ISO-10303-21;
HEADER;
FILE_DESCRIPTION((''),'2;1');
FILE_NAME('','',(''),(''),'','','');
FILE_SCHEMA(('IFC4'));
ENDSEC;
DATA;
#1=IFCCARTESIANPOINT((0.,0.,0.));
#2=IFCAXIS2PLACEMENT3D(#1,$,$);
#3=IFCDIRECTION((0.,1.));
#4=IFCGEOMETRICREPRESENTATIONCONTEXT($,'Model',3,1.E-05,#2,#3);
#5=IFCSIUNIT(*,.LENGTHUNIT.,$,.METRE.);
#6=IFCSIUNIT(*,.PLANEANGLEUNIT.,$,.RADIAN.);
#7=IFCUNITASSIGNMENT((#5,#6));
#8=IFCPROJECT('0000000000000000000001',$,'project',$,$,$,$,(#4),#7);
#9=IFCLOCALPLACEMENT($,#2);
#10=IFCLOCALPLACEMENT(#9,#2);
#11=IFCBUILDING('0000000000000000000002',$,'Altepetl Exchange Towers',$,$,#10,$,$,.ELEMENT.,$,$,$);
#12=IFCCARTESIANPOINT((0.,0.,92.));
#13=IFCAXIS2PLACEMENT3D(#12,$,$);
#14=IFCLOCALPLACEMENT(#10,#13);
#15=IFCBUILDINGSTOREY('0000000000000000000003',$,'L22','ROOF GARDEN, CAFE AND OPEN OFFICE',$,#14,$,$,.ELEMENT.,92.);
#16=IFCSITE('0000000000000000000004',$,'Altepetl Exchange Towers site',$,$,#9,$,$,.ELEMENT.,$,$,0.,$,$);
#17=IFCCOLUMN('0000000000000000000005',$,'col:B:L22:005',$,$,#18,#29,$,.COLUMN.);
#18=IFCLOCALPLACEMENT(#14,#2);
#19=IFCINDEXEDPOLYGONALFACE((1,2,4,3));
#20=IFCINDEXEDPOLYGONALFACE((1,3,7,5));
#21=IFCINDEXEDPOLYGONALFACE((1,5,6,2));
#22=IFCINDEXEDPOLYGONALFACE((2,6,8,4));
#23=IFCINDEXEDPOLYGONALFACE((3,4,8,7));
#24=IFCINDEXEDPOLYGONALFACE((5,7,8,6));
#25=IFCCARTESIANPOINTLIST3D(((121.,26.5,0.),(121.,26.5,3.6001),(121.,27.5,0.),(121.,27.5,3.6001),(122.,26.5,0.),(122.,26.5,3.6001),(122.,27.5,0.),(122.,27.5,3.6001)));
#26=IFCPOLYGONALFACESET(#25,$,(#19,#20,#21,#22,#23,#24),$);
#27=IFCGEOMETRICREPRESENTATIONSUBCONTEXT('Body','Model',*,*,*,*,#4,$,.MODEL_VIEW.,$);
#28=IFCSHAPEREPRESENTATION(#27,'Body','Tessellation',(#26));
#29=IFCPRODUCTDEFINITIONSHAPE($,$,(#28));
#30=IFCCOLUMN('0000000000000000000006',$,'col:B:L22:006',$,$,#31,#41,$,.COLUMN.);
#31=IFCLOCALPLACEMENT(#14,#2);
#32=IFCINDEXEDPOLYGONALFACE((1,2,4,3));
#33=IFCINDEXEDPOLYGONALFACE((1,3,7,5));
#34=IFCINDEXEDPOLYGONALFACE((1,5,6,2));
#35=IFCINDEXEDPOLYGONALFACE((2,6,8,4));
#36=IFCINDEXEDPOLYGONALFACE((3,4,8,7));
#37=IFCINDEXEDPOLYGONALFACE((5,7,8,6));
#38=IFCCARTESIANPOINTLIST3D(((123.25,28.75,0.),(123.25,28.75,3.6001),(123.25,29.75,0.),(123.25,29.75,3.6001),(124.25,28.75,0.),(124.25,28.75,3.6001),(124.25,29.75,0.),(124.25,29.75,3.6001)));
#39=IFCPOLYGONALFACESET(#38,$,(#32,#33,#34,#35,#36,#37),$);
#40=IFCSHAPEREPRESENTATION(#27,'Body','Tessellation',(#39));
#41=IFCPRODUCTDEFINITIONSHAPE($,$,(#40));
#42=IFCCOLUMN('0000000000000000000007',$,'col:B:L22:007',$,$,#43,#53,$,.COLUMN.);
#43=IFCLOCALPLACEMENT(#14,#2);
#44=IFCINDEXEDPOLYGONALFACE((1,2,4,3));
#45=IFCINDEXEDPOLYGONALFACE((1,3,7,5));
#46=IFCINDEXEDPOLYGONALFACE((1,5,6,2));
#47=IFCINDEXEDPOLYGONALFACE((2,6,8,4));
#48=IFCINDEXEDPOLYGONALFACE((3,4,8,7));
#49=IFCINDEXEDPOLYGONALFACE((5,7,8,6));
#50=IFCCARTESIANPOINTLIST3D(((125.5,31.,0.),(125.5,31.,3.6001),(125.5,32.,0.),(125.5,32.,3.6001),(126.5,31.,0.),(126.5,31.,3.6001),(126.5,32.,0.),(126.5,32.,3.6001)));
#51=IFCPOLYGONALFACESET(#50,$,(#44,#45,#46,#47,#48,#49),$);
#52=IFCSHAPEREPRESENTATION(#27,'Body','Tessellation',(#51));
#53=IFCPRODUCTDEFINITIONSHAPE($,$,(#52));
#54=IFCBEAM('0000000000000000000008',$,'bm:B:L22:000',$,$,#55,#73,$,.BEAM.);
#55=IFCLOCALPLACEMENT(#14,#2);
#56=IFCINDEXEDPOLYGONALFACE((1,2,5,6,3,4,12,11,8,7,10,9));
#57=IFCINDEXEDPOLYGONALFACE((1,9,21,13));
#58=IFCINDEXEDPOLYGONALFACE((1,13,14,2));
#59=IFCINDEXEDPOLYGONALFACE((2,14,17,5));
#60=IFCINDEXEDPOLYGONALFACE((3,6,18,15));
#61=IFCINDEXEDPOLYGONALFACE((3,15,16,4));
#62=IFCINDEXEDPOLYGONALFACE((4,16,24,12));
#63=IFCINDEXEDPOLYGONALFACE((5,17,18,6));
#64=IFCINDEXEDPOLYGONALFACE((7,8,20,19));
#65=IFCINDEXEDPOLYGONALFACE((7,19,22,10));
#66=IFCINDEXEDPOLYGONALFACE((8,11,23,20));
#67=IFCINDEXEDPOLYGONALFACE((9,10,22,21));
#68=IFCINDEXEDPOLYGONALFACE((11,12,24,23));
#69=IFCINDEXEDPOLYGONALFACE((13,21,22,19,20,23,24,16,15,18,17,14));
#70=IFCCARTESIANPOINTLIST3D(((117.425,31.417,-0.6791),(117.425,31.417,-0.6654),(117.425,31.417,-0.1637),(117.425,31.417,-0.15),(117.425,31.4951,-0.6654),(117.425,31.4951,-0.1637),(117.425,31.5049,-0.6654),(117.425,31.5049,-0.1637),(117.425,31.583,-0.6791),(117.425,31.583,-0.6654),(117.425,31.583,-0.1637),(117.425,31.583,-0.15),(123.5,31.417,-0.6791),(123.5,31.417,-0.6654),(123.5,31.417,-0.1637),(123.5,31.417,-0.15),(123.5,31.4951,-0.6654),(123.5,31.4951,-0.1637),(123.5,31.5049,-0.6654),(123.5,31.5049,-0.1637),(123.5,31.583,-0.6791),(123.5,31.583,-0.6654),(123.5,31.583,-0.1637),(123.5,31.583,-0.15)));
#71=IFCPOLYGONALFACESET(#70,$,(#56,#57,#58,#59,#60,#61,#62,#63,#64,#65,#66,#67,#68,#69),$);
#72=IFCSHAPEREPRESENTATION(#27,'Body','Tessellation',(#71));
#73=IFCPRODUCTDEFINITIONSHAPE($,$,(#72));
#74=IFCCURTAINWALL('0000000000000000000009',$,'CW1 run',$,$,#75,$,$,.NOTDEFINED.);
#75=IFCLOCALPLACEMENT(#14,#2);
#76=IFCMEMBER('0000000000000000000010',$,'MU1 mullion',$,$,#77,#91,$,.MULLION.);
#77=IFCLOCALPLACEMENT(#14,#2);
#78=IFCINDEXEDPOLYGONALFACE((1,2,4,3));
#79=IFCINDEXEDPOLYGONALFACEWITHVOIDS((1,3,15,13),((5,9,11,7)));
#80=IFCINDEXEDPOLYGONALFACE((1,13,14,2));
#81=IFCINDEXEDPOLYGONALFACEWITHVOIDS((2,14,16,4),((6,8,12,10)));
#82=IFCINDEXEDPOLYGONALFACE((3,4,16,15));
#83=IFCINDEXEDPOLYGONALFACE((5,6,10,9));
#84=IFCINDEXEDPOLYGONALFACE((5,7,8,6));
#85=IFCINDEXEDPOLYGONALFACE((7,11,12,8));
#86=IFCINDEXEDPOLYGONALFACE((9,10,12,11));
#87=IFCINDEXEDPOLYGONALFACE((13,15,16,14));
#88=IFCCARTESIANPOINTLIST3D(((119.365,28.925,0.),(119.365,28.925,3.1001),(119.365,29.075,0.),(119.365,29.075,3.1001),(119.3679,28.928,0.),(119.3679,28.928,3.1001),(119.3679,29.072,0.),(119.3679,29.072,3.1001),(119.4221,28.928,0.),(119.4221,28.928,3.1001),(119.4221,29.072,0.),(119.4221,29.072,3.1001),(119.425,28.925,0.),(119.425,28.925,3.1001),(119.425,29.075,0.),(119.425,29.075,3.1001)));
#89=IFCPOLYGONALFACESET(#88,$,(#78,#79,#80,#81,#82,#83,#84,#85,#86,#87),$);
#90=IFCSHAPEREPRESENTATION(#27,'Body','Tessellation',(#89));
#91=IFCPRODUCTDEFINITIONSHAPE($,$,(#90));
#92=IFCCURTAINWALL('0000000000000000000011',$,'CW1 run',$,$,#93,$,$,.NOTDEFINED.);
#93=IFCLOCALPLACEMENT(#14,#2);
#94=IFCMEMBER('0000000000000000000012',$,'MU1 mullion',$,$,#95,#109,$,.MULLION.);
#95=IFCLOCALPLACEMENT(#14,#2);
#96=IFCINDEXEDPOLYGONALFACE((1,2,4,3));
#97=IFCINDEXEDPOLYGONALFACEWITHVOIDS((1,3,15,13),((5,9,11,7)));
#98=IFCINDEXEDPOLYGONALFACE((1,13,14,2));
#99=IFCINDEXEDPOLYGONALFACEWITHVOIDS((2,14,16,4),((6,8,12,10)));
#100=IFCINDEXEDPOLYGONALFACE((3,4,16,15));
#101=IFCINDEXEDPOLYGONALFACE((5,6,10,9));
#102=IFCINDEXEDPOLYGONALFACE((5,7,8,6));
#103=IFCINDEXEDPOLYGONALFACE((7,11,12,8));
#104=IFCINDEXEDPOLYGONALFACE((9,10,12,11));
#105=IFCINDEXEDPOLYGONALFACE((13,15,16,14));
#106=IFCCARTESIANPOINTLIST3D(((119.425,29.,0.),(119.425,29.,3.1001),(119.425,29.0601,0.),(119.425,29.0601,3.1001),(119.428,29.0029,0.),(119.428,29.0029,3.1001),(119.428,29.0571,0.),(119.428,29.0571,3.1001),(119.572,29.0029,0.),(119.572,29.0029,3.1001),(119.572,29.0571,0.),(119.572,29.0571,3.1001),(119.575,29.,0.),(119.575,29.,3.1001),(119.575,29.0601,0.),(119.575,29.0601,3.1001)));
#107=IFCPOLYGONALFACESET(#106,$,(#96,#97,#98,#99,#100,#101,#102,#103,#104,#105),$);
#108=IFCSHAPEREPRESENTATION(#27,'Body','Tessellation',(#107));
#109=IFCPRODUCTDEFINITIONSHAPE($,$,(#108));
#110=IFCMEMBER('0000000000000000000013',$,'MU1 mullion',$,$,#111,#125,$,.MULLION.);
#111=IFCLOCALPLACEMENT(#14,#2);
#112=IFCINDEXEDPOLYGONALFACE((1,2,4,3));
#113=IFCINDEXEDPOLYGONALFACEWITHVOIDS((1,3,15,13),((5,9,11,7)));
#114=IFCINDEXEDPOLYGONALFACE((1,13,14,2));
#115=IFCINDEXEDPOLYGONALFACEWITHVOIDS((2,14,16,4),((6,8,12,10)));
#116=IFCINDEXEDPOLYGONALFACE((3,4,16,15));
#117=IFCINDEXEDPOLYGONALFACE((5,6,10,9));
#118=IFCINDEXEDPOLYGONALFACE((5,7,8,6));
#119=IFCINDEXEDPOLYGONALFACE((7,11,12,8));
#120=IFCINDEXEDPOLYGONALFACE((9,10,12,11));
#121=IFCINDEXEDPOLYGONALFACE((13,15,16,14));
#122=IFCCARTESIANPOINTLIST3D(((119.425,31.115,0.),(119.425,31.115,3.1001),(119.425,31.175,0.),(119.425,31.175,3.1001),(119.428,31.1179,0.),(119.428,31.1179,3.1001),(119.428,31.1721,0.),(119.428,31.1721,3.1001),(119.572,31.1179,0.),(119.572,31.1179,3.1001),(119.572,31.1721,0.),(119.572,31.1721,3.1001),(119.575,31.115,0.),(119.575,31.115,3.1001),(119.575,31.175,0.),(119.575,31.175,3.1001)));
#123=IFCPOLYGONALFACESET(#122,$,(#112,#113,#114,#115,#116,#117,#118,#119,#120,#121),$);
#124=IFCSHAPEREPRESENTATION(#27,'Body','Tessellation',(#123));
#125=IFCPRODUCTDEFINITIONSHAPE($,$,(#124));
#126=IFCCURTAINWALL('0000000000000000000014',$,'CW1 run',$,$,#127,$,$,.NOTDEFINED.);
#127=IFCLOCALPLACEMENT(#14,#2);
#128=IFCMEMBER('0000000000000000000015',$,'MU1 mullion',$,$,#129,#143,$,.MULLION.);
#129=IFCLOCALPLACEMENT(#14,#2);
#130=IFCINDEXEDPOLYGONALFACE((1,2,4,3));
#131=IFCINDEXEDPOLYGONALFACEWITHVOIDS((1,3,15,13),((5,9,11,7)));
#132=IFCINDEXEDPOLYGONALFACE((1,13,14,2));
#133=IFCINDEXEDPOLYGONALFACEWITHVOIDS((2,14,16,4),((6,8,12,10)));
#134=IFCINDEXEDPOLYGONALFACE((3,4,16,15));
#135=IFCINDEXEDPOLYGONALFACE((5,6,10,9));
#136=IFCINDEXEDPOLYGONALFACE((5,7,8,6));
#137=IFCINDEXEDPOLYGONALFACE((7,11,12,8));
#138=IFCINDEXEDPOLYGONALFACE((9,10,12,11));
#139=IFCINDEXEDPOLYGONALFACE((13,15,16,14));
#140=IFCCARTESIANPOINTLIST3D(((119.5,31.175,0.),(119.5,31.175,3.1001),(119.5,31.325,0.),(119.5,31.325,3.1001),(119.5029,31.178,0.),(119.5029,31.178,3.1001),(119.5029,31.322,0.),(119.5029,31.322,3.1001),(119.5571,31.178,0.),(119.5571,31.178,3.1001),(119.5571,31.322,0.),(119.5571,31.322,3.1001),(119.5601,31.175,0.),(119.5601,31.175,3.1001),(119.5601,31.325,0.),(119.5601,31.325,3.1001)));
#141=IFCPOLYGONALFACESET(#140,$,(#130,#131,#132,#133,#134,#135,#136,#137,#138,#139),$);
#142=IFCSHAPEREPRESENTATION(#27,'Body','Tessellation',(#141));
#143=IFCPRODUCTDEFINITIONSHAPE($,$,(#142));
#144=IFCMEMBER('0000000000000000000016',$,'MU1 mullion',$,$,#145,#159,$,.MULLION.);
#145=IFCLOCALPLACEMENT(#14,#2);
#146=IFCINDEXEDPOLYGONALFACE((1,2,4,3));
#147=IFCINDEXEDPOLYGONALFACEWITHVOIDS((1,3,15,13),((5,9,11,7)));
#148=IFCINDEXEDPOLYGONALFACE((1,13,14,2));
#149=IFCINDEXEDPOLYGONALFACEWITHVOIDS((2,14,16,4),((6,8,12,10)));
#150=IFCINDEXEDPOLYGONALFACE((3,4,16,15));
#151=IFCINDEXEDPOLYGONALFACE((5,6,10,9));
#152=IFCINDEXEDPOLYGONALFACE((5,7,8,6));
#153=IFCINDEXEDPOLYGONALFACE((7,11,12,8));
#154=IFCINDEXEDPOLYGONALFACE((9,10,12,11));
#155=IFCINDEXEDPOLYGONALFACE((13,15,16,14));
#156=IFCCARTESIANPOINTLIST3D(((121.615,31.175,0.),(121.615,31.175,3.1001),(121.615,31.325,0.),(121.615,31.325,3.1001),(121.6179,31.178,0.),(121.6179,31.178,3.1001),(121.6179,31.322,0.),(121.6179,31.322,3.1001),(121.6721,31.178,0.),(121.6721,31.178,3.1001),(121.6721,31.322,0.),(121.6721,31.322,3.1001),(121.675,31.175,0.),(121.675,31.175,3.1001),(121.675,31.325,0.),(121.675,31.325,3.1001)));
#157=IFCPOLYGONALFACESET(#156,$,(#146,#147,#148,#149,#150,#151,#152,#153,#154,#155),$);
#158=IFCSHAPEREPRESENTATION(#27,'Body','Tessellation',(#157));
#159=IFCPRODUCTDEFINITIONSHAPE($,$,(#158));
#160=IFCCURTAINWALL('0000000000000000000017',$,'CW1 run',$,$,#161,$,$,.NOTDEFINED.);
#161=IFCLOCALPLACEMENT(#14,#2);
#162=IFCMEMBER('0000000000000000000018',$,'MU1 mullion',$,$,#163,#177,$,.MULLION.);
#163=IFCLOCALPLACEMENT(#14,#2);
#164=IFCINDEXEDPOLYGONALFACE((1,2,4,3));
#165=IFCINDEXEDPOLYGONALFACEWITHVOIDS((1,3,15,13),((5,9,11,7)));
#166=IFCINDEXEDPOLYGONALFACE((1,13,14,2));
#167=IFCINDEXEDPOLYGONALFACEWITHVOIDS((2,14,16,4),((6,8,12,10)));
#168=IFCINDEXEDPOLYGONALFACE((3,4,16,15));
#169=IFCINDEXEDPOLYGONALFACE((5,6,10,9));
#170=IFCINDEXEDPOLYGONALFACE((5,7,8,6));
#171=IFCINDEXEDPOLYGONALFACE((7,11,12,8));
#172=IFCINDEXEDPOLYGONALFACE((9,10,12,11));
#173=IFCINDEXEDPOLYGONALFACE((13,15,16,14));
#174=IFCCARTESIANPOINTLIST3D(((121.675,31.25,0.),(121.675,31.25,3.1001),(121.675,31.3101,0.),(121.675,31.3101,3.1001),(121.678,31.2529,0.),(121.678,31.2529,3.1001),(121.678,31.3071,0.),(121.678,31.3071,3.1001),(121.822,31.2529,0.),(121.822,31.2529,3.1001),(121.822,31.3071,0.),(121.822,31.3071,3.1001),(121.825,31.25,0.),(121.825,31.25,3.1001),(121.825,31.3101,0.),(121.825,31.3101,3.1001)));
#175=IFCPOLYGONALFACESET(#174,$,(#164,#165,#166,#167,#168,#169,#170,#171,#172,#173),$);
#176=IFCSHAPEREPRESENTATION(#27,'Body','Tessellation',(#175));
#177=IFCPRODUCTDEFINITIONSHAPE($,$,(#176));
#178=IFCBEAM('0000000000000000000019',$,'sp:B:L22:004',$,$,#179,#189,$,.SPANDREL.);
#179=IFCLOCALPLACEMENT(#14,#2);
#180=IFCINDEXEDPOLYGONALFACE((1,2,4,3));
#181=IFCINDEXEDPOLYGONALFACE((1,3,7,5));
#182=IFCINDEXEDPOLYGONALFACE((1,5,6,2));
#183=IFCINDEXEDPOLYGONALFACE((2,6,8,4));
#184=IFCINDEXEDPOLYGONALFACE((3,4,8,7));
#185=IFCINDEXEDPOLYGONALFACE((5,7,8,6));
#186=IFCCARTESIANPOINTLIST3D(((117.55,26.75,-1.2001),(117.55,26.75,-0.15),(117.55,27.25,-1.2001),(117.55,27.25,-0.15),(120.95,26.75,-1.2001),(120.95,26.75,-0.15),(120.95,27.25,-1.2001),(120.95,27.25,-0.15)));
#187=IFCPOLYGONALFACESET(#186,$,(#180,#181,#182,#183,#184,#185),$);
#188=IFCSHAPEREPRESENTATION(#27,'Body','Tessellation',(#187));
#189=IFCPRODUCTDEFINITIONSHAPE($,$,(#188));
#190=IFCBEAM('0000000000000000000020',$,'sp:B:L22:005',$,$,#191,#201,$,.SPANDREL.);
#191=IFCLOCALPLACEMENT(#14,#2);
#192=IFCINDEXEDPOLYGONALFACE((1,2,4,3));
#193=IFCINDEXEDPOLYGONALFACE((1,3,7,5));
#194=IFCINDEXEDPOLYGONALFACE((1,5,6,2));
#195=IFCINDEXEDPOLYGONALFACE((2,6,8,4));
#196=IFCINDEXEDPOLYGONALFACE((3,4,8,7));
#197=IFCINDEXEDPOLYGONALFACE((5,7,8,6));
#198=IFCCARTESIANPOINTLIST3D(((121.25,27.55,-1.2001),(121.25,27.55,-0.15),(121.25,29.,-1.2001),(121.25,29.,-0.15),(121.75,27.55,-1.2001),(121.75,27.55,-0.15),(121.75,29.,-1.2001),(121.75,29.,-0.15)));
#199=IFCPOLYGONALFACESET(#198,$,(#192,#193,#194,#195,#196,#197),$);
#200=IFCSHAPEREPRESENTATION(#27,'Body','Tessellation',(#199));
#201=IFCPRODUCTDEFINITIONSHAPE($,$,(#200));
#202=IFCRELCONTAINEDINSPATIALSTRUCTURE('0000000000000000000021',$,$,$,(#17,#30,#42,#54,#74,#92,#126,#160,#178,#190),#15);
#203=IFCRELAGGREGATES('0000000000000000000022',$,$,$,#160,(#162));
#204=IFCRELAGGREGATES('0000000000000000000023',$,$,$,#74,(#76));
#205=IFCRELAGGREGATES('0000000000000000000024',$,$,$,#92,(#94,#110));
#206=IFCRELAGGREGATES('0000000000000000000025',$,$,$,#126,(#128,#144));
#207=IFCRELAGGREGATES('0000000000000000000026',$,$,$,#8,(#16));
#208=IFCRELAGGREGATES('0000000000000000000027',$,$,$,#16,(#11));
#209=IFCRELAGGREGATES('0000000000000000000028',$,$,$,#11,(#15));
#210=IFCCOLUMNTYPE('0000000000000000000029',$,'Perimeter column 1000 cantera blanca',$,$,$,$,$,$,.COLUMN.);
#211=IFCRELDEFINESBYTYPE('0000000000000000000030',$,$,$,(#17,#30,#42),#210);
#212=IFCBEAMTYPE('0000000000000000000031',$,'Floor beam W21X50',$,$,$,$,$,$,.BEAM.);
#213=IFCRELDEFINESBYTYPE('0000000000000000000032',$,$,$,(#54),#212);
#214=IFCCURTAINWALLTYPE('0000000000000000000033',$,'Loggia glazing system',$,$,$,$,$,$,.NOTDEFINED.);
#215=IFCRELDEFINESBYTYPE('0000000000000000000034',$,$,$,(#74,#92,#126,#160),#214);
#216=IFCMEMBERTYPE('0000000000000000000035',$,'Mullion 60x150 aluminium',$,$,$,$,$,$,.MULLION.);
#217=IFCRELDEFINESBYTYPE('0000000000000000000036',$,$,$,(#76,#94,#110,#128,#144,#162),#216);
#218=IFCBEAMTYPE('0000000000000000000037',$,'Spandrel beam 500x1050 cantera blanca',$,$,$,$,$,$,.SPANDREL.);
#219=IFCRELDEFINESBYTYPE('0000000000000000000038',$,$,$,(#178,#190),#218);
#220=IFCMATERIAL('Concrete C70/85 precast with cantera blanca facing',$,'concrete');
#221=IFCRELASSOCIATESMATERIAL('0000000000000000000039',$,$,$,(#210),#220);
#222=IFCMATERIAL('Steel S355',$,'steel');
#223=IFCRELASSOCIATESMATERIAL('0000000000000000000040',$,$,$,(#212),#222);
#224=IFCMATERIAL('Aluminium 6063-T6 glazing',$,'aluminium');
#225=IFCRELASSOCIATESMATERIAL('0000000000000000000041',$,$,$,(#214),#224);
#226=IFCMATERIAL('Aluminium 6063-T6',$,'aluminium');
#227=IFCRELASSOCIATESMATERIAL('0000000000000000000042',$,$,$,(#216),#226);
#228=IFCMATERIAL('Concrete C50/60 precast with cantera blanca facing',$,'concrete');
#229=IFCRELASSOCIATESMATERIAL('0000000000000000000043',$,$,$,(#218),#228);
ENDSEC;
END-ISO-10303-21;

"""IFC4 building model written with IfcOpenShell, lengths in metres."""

from ifc_helpers import new_model, si_unit, direction, frame, origin, origin_2d, place, context, subcontext, project, spatial, rectangle, hollow_rectangle, i_section, extrude, material, material_profile, profile_set, type_object, element, aggregate, save


model = new_model("IFC4")

# Units and contexts
model_context = context("Model", 3, precision=1e-05, world=origin(), true_north=direction((0.0, 1.0)))
body_context = subcontext(model_context, "Body", "Model", "MODEL_VIEW")
ifc_project = project(units=[si_unit("LENGTHUNIT", "METRE"), si_unit("PLANEANGLEUNIT", "RADIAN")], contexts=[model_context])

# Site, building, storey
site_placement = place(None, origin())
site = spatial("IfcSite", under=ifc_project, at=site_placement, Name="Altepetl Exchange Towers site", CompositionType="ELEMENT", RefElevation=0.0)
building_placement = place(site_placement, origin())
building = spatial("IfcBuilding", under=site, at=building_placement, Name="Altepetl Exchange Towers", CompositionType="ELEMENT")
storey_placement = place(building_placement, frame((0.0, 0.0, 92.0)))
storey = spatial("IfcBuildingStorey", under=building, at=storey_placement, Name="L22", Description="ROOF GARDEN, CAFE AND OPEN OFFICE", CompositionType="ELEMENT", Elevation=92.0)

# Columns
ifc_material_1 = material(Name="Concrete C70/85 precast with cantera blanca facing", Category="concrete")
ifc_material_profile_1 = material_profile(ifc_material_1, rectangle(XDim=1.0, YDim=1.0, at=origin_2d()), Name="1000 x 1000")
ifc_profile_set_1 = profile_set([ifc_material_profile_1], Name="Concrete C70/85 precast with cantera blanca facing")
column_type = type_object("IfcColumnType", Name="Perimeter column 1000 cantera blanca", PredefinedType="COLUMN", material=ifc_profile_set_1)
for number, where, name in (
    (1, (121.5, 27.0, 0.0), "col:B:L22:005"),
    (2, (123.75, 29.25, 0.0), "col:B:L22:006"),
    (3, (126.0, 31.5, 0.0), "col:B:L22:007"),
):
    element("IfcColumn", number, at=place(storey_placement, frame(where)), inside=storey, type_object=column_type, Name=name, PredefinedType="COLUMN", context=body_context, shape_type="SweptSolid", body=[
        extrude(rectangle(XDim=1.0, YDim=1.0, at=origin_2d()), origin(), (0.0, 0.0, 1.0), 3.6001),
    ])

# Beam
ifc_material_2 = material(Name="Steel S355", Category="steel")
ifc_material_profile_2 = material_profile(ifc_material_2, i_section(OverallWidth=0.166, OverallDepth=0.5291, WebThickness=0.0098, FlangeThickness=0.0137, at=origin_2d()), Name="W21X50")
ifc_profile_set_2 = profile_set([ifc_material_profile_2], Name="Steel S355")
beam_type_1 = type_object("IfcBeamType", Name="Floor beam W21X50", PredefinedType="BEAM", material=ifc_profile_set_2)
beam_1_placement = place(storey_placement, frame((117.425, 31.5, -0.4146), z_axis=(1.0, 0.0, 0.0), x_axis=(0.0, 1.0, 0.0)))
element("IfcBeam", 4, at=beam_1_placement, inside=storey, type_object=beam_type_1, Name="bm:B:L22:000", PredefinedType="BEAM", context=body_context, shape_type="SweptSolid", body=[
    extrude(i_section(OverallWidth=0.166, OverallDepth=0.5291, WebThickness=0.0098, FlangeThickness=0.0137, at=origin_2d()), origin(), (0.0, 0.0, 1.0), 6.075),
])

# Curtain wall, member
ifc_material_3 = material(Name="Aluminium 6063-T6 glazing", Category="aluminium")
curtain_wall_type = type_object("IfcCurtainWallType", Name="Loggia glazing system", PredefinedType="NOTDEFINED", material=ifc_material_3)
curtain_wall_1_placement = place(storey_placement, origin())
curtain_wall_1 = element("IfcCurtainWall", 5, at=curtain_wall_1_placement, inside=storey, type_object=curtain_wall_type, Name="CW1 run", PredefinedType="NOTDEFINED")
ifc_material_4 = material(Name="Aluminium 6063-T6", Category="aluminium")
ifc_material_profile_3 = material_profile(ifc_material_4, hollow_rectangle(XDim=0.0601, YDim=0.1499, WallThickness=0.0029, at=origin_2d()), Name="Mullion 60x150 aluminium")
ifc_profile_set_3 = profile_set([ifc_material_profile_3], Name="Aluminium 6063-T6")
member_type = type_object("IfcMemberType", Name="Mullion 60x150 aluminium", PredefinedType="MULLION", material=ifc_profile_set_3)
member_1_placement = place(storey_placement, frame((119.395, 29.0, 0.0)))
member_1 = element("IfcMember", 6, at=member_1_placement, type_object=member_type, Name="MU1 mullion", PredefinedType="MULLION", context=body_context, shape_type="SweptSolid", body=[
    extrude(hollow_rectangle(XDim=0.0601, YDim=0.1499, WallThickness=0.0029, at=origin_2d()), origin(), (0.0, 0.0, 1.0), 3.1001),
])

# Curtain walls, members
curtain_wall_2_placement = place(storey_placement, origin())
curtain_wall_2 = element("IfcCurtainWall", 7, at=curtain_wall_2_placement, inside=storey, type_object=curtain_wall_type, Name="CW1 run", PredefinedType="NOTDEFINED")
member_2_placement = place(storey_placement, frame((119.5, 29.03, 0.0), z_axis=(0.0, 0.0, 1.0), x_axis=(0.0, 1.0, 0.0)))
member_2 = element("IfcMember", 8, at=member_2_placement, type_object=member_type, Name="MU1 mullion", PredefinedType="MULLION", context=body_context, shape_type="SweptSolid", body=[
    extrude(hollow_rectangle(XDim=0.0601, YDim=0.1499, WallThickness=0.0029, at=origin_2d()), origin(), (0.0, 0.0, 1.0), 3.1001),
])
member_3_placement = place(storey_placement, frame((119.5, 31.145, 0.0), z_axis=(0.0, 0.0, 1.0), x_axis=(0.0, 1.0, 0.0)))
member_3 = element("IfcMember", 9, at=member_3_placement, type_object=member_type, Name="MU1 mullion", PredefinedType="MULLION", context=body_context, shape_type="SweptSolid", body=[
    extrude(hollow_rectangle(XDim=0.0601, YDim=0.1499, WallThickness=0.0029, at=origin_2d()), origin(), (0.0, 0.0, 1.0), 3.1001),
])
curtain_wall_3_placement = place(storey_placement, origin())
curtain_wall_3 = element("IfcCurtainWall", 10, at=curtain_wall_3_placement, inside=storey, type_object=curtain_wall_type, Name="CW1 run", PredefinedType="NOTDEFINED")
member_4_placement = place(storey_placement, frame((119.53, 31.25, 0.0)))
member_4 = element("IfcMember", 11, at=member_4_placement, type_object=member_type, Name="MU1 mullion", PredefinedType="MULLION", context=body_context, shape_type="SweptSolid", body=[
    extrude(hollow_rectangle(XDim=0.0601, YDim=0.1499, WallThickness=0.0029, at=origin_2d()), origin(), (0.0, 0.0, 1.0), 3.1001),
])
member_5_placement = place(storey_placement, frame((121.645, 31.25, 0.0)))
member_5 = element("IfcMember", 12, at=member_5_placement, type_object=member_type, Name="MU1 mullion", PredefinedType="MULLION", context=body_context, shape_type="SweptSolid", body=[
    extrude(hollow_rectangle(XDim=0.0601, YDim=0.1499, WallThickness=0.0029, at=origin_2d()), origin(), (0.0, 0.0, 1.0), 3.1001),
])

# Curtain wall, member
curtain_wall_4_placement = place(storey_placement, origin())
curtain_wall_4 = element("IfcCurtainWall", 13, at=curtain_wall_4_placement, inside=storey, type_object=curtain_wall_type, Name="CW1 run", PredefinedType="NOTDEFINED")
member_6_placement = place(storey_placement, frame((121.75, 31.28, 0.0), z_axis=(0.0, 0.0, 1.0), x_axis=(0.0, 1.0, 0.0)))
member_6 = element("IfcMember", 14, at=member_6_placement, type_object=member_type, Name="MU1 mullion", PredefinedType="MULLION", context=body_context, shape_type="SweptSolid", body=[
    extrude(hollow_rectangle(XDim=0.0601, YDim=0.1499, WallThickness=0.0029, at=origin_2d()), origin(), (0.0, 0.0, 1.0), 3.1001),
])
aggregate(curtain_wall_4, [member_6])

# Beams
ifc_material_5 = material(Name="Concrete C50/60 precast with cantera blanca facing", Category="concrete")
ifc_material_profile_4 = material_profile(ifc_material_5, rectangle(XDim=0.5, YDim=1.05, at=origin_2d()), Name="500 x 1050")
ifc_profile_set_4 = profile_set([ifc_material_profile_4], Name="Concrete C50/60 precast with cantera blanca facing")
beam_type_2 = type_object("IfcBeamType", Name="Spandrel beam 500x1050 cantera blanca", PredefinedType="SPANDREL", material=ifc_profile_set_4)
beam_2_placement = place(storey_placement, frame((117.55, 27.0, -0.675), z_axis=(1.0, 0.0, 0.0), x_axis=(0.0, 1.0, 0.0)))
element("IfcBeam", 15, at=beam_2_placement, inside=storey, type_object=beam_type_2, Name="sp:B:L22:004", PredefinedType="SPANDREL", context=body_context, shape_type="SweptSolid", body=[
    extrude(rectangle(XDim=0.5, YDim=1.05, at=origin_2d()), origin(), (0.0, 0.0, 1.0), 3.3999),
])
beam_3_placement = place(storey_placement, frame((121.5, 27.55, -0.675), z_axis=(0.0, 1.0, 0.0), x_axis=(-1.0, 0.0, 0.0)))
element("IfcBeam", 16, at=beam_3_placement, inside=storey, type_object=beam_type_2, Name="sp:B:L22:005", PredefinedType="SPANDREL", context=body_context, shape_type="SweptSolid", body=[
    extrude(rectangle(XDim=0.5, YDim=1.05, at=origin_2d()), origin(), (0.0, 0.0, 1.0), 1.45),
])

aggregate(curtain_wall_1, [member_1])
aggregate(curtain_wall_2, [member_2, member_3])
aggregate(curtain_wall_3, [member_4, member_5])

save(model, "model.ifc")
